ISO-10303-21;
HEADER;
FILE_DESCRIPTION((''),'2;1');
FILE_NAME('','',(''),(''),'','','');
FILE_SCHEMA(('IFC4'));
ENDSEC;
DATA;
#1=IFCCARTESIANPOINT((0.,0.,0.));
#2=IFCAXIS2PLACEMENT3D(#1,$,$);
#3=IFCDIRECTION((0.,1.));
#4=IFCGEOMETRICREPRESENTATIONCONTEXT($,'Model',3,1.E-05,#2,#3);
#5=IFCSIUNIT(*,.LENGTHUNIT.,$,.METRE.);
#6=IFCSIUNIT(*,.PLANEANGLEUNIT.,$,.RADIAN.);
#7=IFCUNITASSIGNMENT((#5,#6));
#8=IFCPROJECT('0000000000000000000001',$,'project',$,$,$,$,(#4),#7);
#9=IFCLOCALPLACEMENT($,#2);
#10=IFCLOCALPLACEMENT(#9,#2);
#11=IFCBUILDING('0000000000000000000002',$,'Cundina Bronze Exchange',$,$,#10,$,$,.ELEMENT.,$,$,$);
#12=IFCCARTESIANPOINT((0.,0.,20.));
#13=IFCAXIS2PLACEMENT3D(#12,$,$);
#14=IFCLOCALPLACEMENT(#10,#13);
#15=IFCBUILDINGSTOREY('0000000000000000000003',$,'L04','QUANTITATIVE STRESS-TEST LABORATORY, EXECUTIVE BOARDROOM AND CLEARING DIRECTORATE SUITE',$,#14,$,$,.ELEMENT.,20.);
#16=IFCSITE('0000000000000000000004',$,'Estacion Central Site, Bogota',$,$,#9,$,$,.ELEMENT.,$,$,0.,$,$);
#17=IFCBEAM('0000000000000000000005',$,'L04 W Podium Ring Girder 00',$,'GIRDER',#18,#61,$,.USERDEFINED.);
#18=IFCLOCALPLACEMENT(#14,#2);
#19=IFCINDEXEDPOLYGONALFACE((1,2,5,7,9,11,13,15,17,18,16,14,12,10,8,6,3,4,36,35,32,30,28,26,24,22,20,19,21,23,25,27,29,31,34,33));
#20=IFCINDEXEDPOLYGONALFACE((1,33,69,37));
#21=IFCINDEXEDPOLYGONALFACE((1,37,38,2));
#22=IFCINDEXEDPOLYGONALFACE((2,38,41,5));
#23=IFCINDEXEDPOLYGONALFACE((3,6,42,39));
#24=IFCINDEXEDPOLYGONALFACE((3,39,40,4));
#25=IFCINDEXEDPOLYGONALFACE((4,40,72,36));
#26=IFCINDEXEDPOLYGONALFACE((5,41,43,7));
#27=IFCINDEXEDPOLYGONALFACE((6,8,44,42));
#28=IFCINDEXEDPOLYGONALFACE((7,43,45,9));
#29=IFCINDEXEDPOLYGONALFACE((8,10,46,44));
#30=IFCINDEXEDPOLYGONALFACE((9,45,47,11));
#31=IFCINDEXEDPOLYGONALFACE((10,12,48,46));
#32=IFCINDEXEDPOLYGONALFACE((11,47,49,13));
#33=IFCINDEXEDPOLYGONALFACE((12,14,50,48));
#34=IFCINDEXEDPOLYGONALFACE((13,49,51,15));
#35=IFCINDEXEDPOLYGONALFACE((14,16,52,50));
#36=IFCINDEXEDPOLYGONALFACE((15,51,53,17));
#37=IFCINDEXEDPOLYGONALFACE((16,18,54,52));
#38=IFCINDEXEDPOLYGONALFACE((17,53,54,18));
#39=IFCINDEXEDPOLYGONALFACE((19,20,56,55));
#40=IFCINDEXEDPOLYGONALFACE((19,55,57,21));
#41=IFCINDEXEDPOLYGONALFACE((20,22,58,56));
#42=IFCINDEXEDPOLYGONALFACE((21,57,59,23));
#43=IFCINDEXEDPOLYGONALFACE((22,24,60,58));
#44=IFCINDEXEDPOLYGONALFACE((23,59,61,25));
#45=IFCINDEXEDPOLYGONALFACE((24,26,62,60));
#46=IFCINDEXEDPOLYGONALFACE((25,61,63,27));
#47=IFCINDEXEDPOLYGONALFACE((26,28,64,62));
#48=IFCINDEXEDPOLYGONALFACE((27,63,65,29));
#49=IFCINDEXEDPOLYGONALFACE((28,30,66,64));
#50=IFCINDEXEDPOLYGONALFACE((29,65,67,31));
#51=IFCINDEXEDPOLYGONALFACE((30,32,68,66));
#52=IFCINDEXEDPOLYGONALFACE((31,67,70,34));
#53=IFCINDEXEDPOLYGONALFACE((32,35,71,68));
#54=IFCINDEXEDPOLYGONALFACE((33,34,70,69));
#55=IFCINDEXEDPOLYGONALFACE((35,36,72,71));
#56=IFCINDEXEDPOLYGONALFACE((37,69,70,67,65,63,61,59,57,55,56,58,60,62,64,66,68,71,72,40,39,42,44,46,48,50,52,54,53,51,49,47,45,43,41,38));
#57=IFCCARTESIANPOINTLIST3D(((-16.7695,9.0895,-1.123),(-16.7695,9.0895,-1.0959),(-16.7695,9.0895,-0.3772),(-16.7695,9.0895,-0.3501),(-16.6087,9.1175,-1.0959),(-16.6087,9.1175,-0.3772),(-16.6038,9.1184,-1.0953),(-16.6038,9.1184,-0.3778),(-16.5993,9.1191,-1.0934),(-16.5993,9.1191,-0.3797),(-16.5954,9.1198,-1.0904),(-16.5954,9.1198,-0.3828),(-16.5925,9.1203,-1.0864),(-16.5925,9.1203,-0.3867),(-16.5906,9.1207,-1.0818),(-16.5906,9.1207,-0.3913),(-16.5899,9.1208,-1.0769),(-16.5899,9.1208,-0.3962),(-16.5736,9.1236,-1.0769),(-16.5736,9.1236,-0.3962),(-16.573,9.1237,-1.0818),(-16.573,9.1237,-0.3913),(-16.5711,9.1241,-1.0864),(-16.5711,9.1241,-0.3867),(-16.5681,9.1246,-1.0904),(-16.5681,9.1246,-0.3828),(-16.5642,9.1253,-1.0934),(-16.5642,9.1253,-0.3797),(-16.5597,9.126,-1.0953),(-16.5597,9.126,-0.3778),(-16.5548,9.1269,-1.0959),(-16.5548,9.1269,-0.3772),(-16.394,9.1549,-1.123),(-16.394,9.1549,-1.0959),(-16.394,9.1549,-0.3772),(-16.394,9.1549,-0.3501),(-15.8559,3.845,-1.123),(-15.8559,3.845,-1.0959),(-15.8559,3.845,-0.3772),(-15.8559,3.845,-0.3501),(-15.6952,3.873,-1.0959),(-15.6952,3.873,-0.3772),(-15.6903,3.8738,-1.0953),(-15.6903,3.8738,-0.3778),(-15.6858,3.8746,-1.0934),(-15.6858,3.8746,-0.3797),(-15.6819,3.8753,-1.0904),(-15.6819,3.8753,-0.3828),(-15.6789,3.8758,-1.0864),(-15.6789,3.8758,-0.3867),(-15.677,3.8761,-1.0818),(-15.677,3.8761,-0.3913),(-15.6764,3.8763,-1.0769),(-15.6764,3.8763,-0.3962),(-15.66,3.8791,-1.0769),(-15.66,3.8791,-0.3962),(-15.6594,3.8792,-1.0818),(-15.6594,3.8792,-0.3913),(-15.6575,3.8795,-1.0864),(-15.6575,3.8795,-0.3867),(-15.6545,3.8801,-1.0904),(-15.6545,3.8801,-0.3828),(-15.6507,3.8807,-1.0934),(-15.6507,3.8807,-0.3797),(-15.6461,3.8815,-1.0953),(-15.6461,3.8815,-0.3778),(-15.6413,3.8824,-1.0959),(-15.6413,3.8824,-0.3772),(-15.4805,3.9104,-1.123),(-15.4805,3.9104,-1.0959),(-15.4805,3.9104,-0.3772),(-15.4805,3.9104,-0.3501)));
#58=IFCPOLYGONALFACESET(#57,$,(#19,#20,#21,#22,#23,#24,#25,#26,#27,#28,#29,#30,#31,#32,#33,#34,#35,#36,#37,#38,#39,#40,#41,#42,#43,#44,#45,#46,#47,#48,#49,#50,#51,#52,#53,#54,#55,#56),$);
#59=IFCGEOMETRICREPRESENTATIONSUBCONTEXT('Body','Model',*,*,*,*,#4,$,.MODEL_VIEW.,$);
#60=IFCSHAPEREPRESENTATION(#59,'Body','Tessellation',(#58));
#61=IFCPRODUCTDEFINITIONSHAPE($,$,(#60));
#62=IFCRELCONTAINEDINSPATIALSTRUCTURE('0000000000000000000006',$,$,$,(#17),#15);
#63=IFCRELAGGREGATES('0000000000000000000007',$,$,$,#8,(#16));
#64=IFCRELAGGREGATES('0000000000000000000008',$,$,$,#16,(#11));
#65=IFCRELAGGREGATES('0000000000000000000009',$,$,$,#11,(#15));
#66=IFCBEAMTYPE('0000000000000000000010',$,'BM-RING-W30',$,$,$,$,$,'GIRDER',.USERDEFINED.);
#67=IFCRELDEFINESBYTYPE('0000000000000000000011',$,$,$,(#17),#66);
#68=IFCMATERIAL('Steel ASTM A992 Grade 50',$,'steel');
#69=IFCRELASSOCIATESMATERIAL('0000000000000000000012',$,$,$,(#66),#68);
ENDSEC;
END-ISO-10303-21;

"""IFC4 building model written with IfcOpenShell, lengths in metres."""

from ifc_helpers import new_model, si_unit, direction, frame, origin, origin_2d, place, context, subcontext, project, spatial, i_section, extrude, material, material_profile, profile_set, type_object, element, save


model = new_model("IFC4")

# Units and contexts
model_context = context("Model", 3, precision=1e-05, world=origin(), true_north=direction((0.0, 1.0)))
body_context = subcontext(model_context, "Body", "Model", "MODEL_VIEW")
ifc_project = project(units=[si_unit("LENGTHUNIT", "METRE"), si_unit("PLANEANGLEUNIT", "RADIAN")], contexts=[model_context])

# Site, building, storey
site_placement = place(None, origin())
site = spatial("IfcSite", under=ifc_project, at=site_placement, Name="Estacion Central Site, Bogota", CompositionType="ELEMENT", RefElevation=0.0)
building_placement = place(site_placement, origin())
building = spatial("IfcBuilding", under=site, at=building_placement, Name="Cundina Bronze Exchange", CompositionType="ELEMENT")
storey_placement = place(building_placement, frame((0.0, 0.0, 20.0)))
storey = spatial("IfcBuildingStorey", under=building, at=storey_placement, Name="L04", Description="QUANTITATIVE STRESS-TEST LABORATORY, EXECUTIVE BOARDROOM AND CLEARING DIRECTORATE SUITE", CompositionType="ELEMENT", Elevation=20.0)

# Shared definitions
ifc_material_1 = material(Name="Steel ASTM A992 Grade 50", Category="steel")

# Beam
ifc_material_profile_1 = material_profile(ifc_material_1, i_section(OverallWidth=0.3811, OverallDepth=0.7729, WebThickness=0.0166, FlangeThickness=0.0271, FilletRadius=0.019, at=origin_2d()), Name="W30X173", Category="steel")
ifc_profile_set_1 = profile_set([ifc_material_profile_1], Name="Steel ASTM A992 Grade 50")
beam_type_1 = type_object("IfcBeamType", Name="BM-RING-W30", ElementType="GIRDER", PredefinedType="USERDEFINED", material=ifc_profile_set_1)
beam_1_placement = place(storey_placement, frame((-15.6682, 3.8777, -0.7366), z_axis=(-0.171608, 0.985165, 0.0), x_axis=(-0.985165, -0.171608, 0.0)))
element("IfcBeam", 1, at=beam_1_placement, inside=storey, type_object=beam_type_1, Name="L04 W Podium Ring Girder 00", ObjectType="GIRDER", PredefinedType="USERDEFINED", context=body_context, shape_type="SweptSolid", body=[
    extrude(i_section(OverallWidth=0.3811, OverallDepth=0.7729, WebThickness=0.0166, FlangeThickness=0.0271, FilletRadius=0.019, at=origin_2d()), origin(), (0.0, 0.0, 1.0), 5.3235),
])

save(model, "model.ifc")
